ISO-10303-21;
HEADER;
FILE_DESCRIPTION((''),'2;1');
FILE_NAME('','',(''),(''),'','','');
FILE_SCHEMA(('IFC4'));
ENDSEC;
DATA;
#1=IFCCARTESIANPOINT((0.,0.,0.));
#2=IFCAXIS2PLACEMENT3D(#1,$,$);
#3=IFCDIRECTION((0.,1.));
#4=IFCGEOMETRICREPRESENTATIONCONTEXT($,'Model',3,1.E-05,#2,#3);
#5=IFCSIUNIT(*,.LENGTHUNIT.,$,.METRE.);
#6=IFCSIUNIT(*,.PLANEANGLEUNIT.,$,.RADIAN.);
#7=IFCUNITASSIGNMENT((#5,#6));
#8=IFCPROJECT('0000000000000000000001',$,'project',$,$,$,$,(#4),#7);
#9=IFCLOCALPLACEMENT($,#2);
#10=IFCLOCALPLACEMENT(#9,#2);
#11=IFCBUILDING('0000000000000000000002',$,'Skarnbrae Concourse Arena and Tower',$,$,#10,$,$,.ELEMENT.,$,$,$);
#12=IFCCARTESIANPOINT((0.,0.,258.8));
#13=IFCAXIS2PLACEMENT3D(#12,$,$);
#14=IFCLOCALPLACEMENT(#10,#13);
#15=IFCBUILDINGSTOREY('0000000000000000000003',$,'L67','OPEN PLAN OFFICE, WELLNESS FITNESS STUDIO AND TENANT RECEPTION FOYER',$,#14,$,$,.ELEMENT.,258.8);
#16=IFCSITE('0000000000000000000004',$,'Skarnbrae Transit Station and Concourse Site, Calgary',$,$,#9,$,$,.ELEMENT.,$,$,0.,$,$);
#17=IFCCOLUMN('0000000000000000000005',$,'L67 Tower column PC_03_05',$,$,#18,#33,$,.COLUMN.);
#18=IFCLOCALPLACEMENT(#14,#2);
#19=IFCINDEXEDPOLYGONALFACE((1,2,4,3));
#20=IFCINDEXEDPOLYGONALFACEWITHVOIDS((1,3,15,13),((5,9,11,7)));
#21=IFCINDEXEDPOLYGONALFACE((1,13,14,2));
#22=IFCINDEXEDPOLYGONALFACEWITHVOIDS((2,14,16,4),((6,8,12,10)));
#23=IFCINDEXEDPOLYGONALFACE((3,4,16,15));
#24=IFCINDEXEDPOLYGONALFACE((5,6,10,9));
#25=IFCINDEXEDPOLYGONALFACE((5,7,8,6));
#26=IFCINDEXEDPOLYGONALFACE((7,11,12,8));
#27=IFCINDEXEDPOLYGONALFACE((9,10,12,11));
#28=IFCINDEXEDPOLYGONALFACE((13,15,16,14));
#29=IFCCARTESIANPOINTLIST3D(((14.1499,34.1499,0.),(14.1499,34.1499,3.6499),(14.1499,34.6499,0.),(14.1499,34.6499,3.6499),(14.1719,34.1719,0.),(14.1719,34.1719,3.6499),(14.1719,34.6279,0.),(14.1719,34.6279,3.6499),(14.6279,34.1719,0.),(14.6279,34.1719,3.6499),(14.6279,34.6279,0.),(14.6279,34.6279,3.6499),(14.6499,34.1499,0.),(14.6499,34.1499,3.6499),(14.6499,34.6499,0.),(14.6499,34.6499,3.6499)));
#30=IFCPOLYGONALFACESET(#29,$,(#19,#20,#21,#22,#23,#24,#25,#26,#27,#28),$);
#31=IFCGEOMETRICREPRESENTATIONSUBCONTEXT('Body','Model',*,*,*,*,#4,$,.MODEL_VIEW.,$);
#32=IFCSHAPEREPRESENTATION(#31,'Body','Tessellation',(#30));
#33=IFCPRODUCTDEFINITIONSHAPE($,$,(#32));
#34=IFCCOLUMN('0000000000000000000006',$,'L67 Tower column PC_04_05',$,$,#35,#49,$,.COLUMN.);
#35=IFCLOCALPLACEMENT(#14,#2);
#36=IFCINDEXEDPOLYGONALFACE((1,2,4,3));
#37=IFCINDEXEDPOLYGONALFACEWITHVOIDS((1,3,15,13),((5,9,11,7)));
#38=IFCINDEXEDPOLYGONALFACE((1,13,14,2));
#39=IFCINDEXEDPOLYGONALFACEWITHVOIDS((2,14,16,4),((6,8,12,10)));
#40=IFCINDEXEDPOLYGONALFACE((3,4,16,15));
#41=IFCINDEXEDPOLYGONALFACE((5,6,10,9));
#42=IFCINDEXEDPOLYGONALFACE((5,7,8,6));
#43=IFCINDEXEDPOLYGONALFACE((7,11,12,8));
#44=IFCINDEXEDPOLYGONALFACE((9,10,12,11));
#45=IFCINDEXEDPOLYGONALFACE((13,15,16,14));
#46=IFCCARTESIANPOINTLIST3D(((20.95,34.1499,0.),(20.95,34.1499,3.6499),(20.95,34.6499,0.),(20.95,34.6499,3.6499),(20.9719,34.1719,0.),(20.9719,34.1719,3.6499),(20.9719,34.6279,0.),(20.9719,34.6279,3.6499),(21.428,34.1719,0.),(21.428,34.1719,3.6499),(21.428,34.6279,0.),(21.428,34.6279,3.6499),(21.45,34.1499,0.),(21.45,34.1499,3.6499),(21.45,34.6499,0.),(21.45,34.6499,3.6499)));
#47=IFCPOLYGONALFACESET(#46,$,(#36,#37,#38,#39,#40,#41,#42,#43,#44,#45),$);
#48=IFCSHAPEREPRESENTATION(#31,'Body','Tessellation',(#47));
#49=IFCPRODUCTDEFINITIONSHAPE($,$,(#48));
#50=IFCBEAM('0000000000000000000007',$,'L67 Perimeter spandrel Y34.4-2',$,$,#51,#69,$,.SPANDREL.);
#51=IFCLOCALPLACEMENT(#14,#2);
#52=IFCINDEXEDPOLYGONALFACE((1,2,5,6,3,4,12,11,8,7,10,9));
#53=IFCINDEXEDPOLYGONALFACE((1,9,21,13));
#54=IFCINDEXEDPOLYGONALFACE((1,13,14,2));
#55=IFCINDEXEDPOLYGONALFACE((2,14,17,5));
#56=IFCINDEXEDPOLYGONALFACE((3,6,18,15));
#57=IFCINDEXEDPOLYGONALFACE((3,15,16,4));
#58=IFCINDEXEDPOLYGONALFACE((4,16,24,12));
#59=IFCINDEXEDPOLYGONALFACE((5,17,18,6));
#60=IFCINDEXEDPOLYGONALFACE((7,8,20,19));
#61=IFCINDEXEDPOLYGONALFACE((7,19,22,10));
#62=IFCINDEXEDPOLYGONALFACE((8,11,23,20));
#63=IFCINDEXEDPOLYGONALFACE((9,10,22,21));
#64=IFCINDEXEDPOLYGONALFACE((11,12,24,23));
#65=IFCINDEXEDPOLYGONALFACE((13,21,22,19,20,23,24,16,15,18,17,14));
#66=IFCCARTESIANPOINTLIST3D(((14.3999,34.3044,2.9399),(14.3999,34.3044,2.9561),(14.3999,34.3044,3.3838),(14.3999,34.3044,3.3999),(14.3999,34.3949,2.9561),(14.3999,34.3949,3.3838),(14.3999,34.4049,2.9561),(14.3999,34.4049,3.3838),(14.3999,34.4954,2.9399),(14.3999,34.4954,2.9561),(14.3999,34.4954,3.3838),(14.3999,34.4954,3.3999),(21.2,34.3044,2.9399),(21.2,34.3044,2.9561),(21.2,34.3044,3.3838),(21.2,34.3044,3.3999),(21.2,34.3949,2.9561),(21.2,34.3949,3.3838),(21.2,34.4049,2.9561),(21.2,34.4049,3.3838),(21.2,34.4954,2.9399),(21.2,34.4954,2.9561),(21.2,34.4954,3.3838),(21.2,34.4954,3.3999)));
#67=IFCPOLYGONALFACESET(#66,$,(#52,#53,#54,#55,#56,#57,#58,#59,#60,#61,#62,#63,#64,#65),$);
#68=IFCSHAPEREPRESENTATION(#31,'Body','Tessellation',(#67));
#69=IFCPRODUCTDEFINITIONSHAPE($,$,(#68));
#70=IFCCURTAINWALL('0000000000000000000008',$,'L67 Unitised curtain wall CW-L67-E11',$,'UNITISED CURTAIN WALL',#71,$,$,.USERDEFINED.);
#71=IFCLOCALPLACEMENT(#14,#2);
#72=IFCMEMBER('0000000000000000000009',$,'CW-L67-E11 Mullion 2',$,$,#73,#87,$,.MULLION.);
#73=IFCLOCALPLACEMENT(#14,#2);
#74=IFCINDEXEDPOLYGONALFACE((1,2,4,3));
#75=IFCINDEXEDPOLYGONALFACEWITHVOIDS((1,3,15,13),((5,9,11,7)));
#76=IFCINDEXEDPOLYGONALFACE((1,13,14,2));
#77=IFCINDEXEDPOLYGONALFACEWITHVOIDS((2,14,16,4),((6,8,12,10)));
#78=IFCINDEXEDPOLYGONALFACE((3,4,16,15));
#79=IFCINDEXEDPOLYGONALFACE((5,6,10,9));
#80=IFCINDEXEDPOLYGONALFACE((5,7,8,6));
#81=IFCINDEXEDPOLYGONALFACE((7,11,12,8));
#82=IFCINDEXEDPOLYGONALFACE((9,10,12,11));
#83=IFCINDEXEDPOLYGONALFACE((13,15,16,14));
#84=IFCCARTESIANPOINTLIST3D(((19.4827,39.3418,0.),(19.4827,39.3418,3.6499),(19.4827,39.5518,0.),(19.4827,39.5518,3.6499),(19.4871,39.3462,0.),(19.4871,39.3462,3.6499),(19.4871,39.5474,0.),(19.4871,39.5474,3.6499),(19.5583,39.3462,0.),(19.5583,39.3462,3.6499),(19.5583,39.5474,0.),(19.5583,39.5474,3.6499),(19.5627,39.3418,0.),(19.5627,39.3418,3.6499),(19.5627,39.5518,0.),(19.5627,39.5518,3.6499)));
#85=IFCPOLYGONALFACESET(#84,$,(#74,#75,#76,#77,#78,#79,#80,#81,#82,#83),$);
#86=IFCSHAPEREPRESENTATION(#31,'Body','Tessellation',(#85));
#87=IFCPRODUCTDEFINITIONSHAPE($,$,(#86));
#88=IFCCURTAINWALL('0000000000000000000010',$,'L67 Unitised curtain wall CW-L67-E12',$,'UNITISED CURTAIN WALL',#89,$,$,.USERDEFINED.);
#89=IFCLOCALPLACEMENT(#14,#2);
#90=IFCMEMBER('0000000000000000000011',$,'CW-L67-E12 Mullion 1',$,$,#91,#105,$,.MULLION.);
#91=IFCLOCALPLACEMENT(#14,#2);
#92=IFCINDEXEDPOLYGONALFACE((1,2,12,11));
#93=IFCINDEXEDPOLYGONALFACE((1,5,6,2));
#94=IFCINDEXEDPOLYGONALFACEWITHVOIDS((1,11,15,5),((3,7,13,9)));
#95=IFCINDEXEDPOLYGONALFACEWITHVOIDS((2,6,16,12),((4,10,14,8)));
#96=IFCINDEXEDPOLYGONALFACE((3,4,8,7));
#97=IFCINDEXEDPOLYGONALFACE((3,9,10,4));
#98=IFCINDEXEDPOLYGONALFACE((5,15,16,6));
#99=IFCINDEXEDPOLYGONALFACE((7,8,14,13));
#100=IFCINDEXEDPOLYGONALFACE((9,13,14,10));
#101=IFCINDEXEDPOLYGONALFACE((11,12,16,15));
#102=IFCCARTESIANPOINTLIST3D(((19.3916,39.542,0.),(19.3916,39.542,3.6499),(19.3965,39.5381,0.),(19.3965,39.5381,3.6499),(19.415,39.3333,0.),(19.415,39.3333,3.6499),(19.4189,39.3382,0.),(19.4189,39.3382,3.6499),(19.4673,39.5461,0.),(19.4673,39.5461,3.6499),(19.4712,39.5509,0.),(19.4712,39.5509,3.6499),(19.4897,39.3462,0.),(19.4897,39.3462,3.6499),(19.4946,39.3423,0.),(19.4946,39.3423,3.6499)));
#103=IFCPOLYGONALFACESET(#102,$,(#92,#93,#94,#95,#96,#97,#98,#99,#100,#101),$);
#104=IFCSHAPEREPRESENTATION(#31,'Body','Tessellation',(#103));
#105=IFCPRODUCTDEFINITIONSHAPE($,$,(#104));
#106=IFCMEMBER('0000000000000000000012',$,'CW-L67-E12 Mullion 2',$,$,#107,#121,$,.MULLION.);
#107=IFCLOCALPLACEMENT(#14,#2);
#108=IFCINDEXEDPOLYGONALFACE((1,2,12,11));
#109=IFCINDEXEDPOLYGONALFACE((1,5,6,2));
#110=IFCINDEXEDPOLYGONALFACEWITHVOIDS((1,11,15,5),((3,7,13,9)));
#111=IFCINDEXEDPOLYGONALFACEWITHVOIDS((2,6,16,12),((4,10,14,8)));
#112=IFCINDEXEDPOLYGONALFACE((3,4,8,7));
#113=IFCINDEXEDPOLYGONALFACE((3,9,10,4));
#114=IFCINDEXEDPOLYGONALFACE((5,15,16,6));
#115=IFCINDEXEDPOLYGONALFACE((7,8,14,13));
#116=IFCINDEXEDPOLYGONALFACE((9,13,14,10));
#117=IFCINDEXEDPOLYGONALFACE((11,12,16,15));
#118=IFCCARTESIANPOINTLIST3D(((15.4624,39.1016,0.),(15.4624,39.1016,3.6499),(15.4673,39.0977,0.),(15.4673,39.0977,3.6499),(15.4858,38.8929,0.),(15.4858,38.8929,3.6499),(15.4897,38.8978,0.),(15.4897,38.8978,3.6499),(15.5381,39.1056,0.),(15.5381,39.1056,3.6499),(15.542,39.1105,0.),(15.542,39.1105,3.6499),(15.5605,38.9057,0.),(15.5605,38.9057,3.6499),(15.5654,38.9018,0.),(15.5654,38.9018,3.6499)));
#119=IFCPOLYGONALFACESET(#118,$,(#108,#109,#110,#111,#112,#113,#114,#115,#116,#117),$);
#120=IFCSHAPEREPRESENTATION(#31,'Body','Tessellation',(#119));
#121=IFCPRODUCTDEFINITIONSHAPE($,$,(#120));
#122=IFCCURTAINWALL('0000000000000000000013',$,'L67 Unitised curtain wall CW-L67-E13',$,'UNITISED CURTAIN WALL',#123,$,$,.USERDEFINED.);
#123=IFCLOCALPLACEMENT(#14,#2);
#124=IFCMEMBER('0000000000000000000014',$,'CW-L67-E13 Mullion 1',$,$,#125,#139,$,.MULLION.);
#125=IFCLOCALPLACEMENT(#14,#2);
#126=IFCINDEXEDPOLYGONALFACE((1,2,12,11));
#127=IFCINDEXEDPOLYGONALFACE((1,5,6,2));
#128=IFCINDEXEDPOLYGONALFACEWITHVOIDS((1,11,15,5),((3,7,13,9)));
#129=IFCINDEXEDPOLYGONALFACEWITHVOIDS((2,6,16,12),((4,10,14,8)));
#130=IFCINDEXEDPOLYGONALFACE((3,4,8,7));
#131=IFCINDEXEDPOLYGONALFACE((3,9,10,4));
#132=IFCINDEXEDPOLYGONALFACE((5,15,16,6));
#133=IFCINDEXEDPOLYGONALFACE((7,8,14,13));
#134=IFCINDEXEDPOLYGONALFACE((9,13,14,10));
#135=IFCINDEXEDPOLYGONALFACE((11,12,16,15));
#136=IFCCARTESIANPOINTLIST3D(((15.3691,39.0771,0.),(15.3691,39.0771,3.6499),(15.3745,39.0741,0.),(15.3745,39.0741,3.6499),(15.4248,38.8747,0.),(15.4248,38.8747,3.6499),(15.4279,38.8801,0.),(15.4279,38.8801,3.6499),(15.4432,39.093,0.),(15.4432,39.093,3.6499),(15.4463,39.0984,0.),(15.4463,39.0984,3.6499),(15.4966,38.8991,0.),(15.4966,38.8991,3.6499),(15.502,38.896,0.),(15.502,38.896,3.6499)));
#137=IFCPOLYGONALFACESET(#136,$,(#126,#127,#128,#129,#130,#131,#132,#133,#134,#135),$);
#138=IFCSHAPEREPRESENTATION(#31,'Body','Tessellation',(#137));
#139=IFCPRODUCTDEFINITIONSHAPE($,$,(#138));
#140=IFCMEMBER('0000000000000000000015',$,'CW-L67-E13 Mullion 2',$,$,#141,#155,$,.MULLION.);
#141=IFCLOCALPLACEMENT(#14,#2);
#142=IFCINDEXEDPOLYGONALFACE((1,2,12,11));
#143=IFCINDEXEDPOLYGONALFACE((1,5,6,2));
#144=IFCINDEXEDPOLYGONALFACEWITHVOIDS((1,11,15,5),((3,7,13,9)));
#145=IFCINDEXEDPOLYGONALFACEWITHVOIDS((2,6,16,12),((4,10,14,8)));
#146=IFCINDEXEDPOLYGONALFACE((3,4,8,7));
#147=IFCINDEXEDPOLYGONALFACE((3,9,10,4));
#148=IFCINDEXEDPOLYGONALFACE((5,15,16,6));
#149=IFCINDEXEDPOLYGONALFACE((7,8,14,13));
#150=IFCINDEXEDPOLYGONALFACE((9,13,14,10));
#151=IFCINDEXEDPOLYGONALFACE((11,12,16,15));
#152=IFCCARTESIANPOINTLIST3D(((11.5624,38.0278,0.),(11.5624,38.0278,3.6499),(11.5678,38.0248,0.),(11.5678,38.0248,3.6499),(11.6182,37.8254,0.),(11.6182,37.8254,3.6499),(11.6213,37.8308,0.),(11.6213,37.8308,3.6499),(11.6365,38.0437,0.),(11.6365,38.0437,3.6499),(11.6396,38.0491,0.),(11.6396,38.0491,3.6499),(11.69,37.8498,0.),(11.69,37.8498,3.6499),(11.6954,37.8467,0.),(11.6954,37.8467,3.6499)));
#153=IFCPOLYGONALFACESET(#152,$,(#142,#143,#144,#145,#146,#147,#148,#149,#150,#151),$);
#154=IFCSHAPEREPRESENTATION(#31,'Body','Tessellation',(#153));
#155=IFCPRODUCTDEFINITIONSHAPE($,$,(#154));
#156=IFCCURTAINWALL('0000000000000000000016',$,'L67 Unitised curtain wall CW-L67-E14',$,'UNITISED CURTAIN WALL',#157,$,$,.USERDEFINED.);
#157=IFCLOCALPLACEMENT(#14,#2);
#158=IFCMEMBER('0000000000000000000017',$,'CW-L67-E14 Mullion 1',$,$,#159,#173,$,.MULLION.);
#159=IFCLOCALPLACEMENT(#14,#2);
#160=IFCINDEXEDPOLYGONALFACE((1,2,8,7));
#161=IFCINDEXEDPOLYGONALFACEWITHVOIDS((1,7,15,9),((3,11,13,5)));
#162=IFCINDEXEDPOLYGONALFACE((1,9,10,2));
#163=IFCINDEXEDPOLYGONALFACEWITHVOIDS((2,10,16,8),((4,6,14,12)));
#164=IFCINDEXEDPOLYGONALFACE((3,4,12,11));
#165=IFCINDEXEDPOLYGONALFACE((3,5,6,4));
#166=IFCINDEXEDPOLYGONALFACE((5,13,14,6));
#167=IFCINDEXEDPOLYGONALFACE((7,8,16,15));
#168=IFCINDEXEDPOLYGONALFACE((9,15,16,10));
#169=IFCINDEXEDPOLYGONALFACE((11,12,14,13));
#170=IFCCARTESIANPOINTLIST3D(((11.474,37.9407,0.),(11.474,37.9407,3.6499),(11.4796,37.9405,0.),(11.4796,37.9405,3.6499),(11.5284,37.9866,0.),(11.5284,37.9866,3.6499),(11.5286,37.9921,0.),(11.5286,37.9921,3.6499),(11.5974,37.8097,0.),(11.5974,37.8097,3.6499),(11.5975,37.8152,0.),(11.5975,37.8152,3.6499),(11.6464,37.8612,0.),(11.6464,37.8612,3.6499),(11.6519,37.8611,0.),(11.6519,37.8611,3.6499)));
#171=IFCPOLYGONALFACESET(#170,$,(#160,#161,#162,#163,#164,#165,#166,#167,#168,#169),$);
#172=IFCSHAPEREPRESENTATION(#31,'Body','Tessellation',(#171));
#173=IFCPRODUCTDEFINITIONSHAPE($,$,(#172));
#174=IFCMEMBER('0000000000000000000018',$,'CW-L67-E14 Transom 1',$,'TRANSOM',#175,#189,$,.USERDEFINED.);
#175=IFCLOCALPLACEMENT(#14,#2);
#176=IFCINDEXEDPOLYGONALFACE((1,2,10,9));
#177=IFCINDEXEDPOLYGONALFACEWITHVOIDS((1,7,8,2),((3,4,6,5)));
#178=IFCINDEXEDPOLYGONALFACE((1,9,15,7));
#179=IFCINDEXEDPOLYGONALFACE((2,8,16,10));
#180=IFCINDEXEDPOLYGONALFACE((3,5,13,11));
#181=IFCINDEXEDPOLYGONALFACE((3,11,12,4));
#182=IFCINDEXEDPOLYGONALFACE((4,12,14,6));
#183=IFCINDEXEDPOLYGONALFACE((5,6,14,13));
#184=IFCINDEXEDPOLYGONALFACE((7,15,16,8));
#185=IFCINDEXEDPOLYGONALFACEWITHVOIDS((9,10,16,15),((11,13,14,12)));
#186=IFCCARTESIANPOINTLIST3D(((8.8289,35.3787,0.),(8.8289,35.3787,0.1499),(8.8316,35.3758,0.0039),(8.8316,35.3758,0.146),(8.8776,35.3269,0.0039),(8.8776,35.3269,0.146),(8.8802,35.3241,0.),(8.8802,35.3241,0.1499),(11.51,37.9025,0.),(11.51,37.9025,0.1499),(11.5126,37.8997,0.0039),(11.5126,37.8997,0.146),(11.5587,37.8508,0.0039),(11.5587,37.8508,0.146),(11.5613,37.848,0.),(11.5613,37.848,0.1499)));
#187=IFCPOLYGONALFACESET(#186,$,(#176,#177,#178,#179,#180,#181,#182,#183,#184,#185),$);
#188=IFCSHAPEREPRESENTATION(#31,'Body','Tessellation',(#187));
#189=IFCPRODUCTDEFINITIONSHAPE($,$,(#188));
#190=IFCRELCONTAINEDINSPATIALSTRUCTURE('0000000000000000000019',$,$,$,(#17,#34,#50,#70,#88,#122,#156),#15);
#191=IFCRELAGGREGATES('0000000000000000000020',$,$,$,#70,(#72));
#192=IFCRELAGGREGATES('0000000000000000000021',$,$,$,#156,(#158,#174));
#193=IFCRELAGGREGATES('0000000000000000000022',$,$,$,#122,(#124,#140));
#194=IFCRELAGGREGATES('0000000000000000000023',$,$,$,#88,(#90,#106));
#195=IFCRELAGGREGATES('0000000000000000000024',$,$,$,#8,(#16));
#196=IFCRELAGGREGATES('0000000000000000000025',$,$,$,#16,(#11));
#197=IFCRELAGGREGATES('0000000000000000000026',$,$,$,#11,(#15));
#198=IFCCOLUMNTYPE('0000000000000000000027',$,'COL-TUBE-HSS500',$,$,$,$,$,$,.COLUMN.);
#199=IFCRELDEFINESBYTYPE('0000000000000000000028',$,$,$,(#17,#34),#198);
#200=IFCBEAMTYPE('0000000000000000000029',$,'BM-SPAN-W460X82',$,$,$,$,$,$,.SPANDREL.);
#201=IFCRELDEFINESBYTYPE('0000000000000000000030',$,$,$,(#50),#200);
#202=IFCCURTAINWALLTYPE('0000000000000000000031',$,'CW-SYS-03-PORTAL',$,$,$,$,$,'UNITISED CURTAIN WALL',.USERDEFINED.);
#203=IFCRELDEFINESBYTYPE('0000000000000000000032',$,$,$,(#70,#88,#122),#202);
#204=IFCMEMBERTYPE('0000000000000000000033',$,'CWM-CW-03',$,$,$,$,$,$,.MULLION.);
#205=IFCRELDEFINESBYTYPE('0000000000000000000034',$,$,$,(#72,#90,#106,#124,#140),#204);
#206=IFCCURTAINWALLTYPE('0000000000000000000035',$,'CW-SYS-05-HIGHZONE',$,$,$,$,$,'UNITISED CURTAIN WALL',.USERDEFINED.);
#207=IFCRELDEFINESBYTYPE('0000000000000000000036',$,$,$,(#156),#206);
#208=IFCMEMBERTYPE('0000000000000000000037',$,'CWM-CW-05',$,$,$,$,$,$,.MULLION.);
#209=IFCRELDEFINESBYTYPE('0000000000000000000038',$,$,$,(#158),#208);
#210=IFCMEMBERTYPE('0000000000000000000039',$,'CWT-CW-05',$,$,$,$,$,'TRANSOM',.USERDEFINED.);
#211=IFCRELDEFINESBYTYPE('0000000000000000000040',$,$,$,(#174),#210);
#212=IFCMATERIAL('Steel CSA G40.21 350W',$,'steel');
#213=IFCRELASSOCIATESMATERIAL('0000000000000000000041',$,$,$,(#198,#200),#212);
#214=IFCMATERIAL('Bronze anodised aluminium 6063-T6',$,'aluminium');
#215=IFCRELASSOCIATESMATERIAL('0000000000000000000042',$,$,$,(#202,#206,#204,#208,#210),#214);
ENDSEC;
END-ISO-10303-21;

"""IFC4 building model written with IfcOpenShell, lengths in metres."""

from ifc_helpers import new_model, si_unit, direction, frame, origin, origin_2d, place, context, subcontext, project, spatial, hollow_rectangle, i_section, extrude, source, transform, mapped, material, material_profile, profile_set, type_object, element, aggregate, save


model = new_model("IFC4")

# Units and contexts
model_context = context("Model", 3, precision=1e-05, world=origin(), true_north=direction((0.0, 1.0)))
body_context = subcontext(model_context, "Body", "Model", "MODEL_VIEW")
ifc_project = project(units=[si_unit("LENGTHUNIT", "METRE"), si_unit("PLANEANGLEUNIT", "RADIAN")], contexts=[model_context])

# Site, building, storey
site_placement = place(None, origin())
site = spatial("IfcSite", under=ifc_project, at=site_placement, Name="Skarnbrae Transit Station and Concourse Site, Calgary", CompositionType="ELEMENT", RefElevation=0.0)
building_placement = place(site_placement, origin())
building = spatial("IfcBuilding", under=site, at=building_placement, Name="Skarnbrae Concourse Arena and Tower", CompositionType="ELEMENT")
storey_placement = place(building_placement, frame((0.0, 0.0, 258.8)))
storey = spatial("IfcBuildingStorey", under=building, at=storey_placement, Name="L67", Description="OPEN PLAN OFFICE, WELLNESS FITNESS STUDIO AND TENANT RECEPTION FOYER", CompositionType="ELEMENT", Elevation=258.8)

# Columns
ifc_material_1 = material(Name="Steel CSA G40.21 350W", Category="steel")
ifc_material_profile_1 = material_profile(ifc_material_1, hollow_rectangle(XDim=0.5, YDim=0.5, WallThickness=0.022, at=origin_2d()), Name="HSS500X500X22.0")
ifc_profile_set_1 = profile_set([ifc_material_profile_1], Name="Steel CSA G40.21 350W")
column_type = type_object("IfcColumnType", Name="COL-TUBE-HSS500", PredefinedType="COLUMN", material=ifc_profile_set_1)
shared_shape_1 = source(origin(), body_context, "Body", "SweptSolid", [
    extrude(hollow_rectangle(XDim=0.5, YDim=0.5, WallThickness=0.022, at=origin_2d()), origin(), (0.0, 0.0, 1.0), 3.6499),
])
for number, where, z_axis, x_axis, name in (
    (1, (14.3999, 34.3999, 0.0), (0.0, 0.0, 1.0), (1.0, 0.0, 0.0), "L67 Tower column PC_03_05"),
    (2, (21.2, 34.3999, 0.0), (0.0, 0.0, 1.0), (1.0, 0.0, 0.0), "L67 Tower column PC_04_05"),
):
    element("IfcColumn", number, at=place(storey_placement, frame(where, z_axis=z_axis, x_axis=x_axis)), inside=storey, type_object=column_type, Name=name, PredefinedType="COLUMN", context=body_context, shape_type="MappedRepresentation", body=[
        mapped(shared_shape_1, transform((0.0, 0.0, 0.0))),
    ])

# Beam
ifc_material_profile_2 = material_profile(ifc_material_1, i_section(OverallWidth=0.1909, OverallDepth=0.46, WebThickness=0.01, FlangeThickness=0.0161, at=origin_2d()), Name="W460X82")
ifc_profile_set_2 = profile_set([ifc_material_profile_2], Name="Steel CSA G40.21 350W")
beam_type = type_object("IfcBeamType", Name="BM-SPAN-W460X82", PredefinedType="SPANDREL", material=ifc_profile_set_2)
shared_shape_2 = source(origin(), body_context, "Body", "SweptSolid", [
    extrude(i_section(OverallWidth=0.1909, OverallDepth=0.46, WebThickness=0.01, FlangeThickness=0.0161, at=origin_2d()), origin(), (0.0, 0.0, 1.0), 6.8),
])
beam_placement = place(storey_placement, frame((14.3999, 34.3999, 3.1699), z_axis=(1.0, 0.0, 0.0), x_axis=(0.0, 1.0, 0.0)))
element("IfcBeam", 3, at=beam_placement, inside=storey, type_object=beam_type, Name="L67 Perimeter spandrel Y34.4-2", PredefinedType="SPANDREL", context=body_context, shape_type="MappedRepresentation", body=[
    mapped(shared_shape_2, transform((0.0, 0.0, 0.0))),
])

# Curtain wall, member
ifc_material_2 = material(Name="Bronze anodised aluminium 6063-T6", Category="aluminium")
curtain_wall_type_1 = type_object("IfcCurtainWallType", Name="CW-SYS-03-PORTAL", ElementType="UNITISED CURTAIN WALL", PredefinedType="USERDEFINED", material=ifc_material_2)
curtain_wall_1_placement = place(storey_placement, origin())
curtain_wall_1 = element("IfcCurtainWall", 4, at=curtain_wall_1_placement, inside=storey, type_object=curtain_wall_type_1, Name="L67 Unitised curtain wall CW-L67-E11", ObjectType="UNITISED CURTAIN WALL", PredefinedType="USERDEFINED")
ifc_material_profile_3 = material_profile(ifc_material_2, hollow_rectangle(XDim=0.0801, YDim=0.21, WallThickness=0.0044, at=origin_2d()), Name="ALU-MULL-80X210")
ifc_profile_set_3 = profile_set([ifc_material_profile_3], Name="Bronze anodised aluminium 6063-T6")
member_type_1 = type_object("IfcMemberType", Name="CWM-CW-03", PredefinedType="MULLION", material=ifc_profile_set_3)
shared_shape_3 = source(origin(), body_context, "Body", "SweptSolid", [
    extrude(hollow_rectangle(XDim=0.0801, YDim=0.21, WallThickness=0.0044, at=origin_2d()), origin(), (0.0, 0.0, 1.0), 3.6499),
])
member_1_placement = place(storey_placement, frame((19.5227, 39.4468, 0.0), z_axis=(0.0, 0.0, 1.0), x_axis=(-1.0, 0.0, 0.0)))
member_1 = element("IfcMember", 5, at=member_1_placement, type_object=member_type_1, Name="CW-L67-E11 Mullion 2", PredefinedType="MULLION", context=body_context, shape_type="MappedRepresentation", body=[
    mapped(shared_shape_3, transform((0.0, 0.0, 0.0))),
])
aggregate(curtain_wall_1, [member_1])

# Curtain walls, members
curtain_wall_2_placement = place(storey_placement, origin())
curtain_wall_2 = element("IfcCurtainWall", 6, at=curtain_wall_2_placement, inside=storey, type_object=curtain_wall_type_1, Name="L67 Unitised curtain wall CW-L67-E12", ObjectType="UNITISED CURTAIN WALL", PredefinedType="USERDEFINED")
member_2_placement = place(storey_placement, frame((19.4431, 39.4421, 0.0), z_axis=(0.0, 0.0, 1.0), x_axis=(-0.993769, -0.11146, 0.0)))
member_2 = element("IfcMember", 7, at=member_2_placement, type_object=member_type_1, Name="CW-L67-E12 Mullion 1", PredefinedType="MULLION", context=body_context, shape_type="MappedRepresentation", body=[
    mapped(shared_shape_3, transform((0.0, 0.0, 0.0))),
])
member_3_placement = place(storey_placement, frame((15.5139, 39.0017, 0.0), z_axis=(0.0, 0.0, 1.0), x_axis=(-0.993769, -0.11146, 0.0)))
member_3 = element("IfcMember", 8, at=member_3_placement, type_object=member_type_1, Name="CW-L67-E12 Mullion 2", PredefinedType="MULLION", context=body_context, shape_type="MappedRepresentation", body=[
    mapped(shared_shape_3, transform((0.0, 0.0, 0.0))),
])
curtain_wall_3_placement = place(storey_placement, origin())
curtain_wall_3 = element("IfcCurtainWall", 9, at=curtain_wall_3_placement, inside=storey, type_object=curtain_wall_type_1, Name="L67 Unitised curtain wall CW-L67-E13", ObjectType="UNITISED CURTAIN WALL", PredefinedType="USERDEFINED")
member_4_placement = place(storey_placement, frame((15.4355, 38.9866, 0.0), z_axis=(0.0, 0.0, 1.0), x_axis=(-0.964057, -0.265694, 0.0)))
member_4 = element("IfcMember", 10, at=member_4_placement, type_object=member_type_1, Name="CW-L67-E13 Mullion 1", PredefinedType="MULLION", context=body_context, shape_type="MappedRepresentation", body=[
    mapped(shared_shape_3, transform((0.0, 0.0, 0.0))),
])
member_5_placement = place(storey_placement, frame((11.6289, 37.9373, 0.0), z_axis=(0.0, 0.0, 1.0), x_axis=(-0.964057, -0.265694, 0.0)))
member_5 = element("IfcMember", 11, at=member_5_placement, type_object=member_type_1, Name="CW-L67-E13 Mullion 2", PredefinedType="MULLION", context=body_context, shape_type="MappedRepresentation", body=[
    mapped(shared_shape_3, transform((0.0, 0.0, 0.0))),
])
curtain_wall_type_2 = type_object("IfcCurtainWallType", Name="CW-SYS-05-HIGHZONE", ElementType="UNITISED CURTAIN WALL", PredefinedType="USERDEFINED", material=ifc_material_2)
curtain_wall_4_placement = place(storey_placement, origin())
curtain_wall_4 = element("IfcCurtainWall", 12, at=curtain_wall_4_placement, inside=storey, type_object=curtain_wall_type_2, Name="L67 Unitised curtain wall CW-L67-E14", ObjectType="UNITISED CURTAIN WALL", PredefinedType="USERDEFINED")
ifc_material_profile_4 = material_profile(ifc_material_2, hollow_rectangle(XDim=0.075, YDim=0.1799, WallThickness=0.0039, at=origin_2d()), Name="ALU-MULL-75X180")
ifc_profile_set_4 = profile_set([ifc_material_profile_4], Name="Bronze anodised aluminium 6063-T6")
member_type_2 = type_object("IfcMemberType", Name="CWM-CW-05", PredefinedType="MULLION", material=ifc_profile_set_4)
shared_shape_4 = source(origin(), body_context, "Body", "SweptSolid", [
    extrude(hollow_rectangle(XDim=0.075, YDim=0.1799, WallThickness=0.0039, at=origin_2d()), origin(), (0.0, 0.0, 1.0), 3.6499),
])
member_6_placement = place(storey_placement, frame((11.563, 37.9009, 0.0), z_axis=(0.0, 0.0, 1.0), x_axis=(-0.728131, -0.685438, 0.0)))
member_6 = element("IfcMember", 13, at=member_6_placement, type_object=member_type_2, Name="CW-L67-E14 Mullion 1", PredefinedType="MULLION", context=body_context, shape_type="MappedRepresentation", body=[
    mapped(shared_shape_4, transform((0.0, 0.0, 0.0))),
])
ifc_material_profile_5 = material_profile(ifc_material_2, hollow_rectangle(XDim=0.075, YDim=0.1499, WallThickness=0.0039, at=origin_2d()), Name="ALU-TRAN-75X150")
ifc_profile_set_5 = profile_set([ifc_material_profile_5], Name="Bronze anodised aluminium 6063-T6")
member_type_3 = type_object("IfcMemberType", Name="CWT-CW-05", ElementType="TRANSOM", PredefinedType="USERDEFINED", material=ifc_profile_set_5)
shared_shape_5 = source(origin(), body_context, "Body", "SweptSolid", [
    extrude(hollow_rectangle(XDim=0.075, YDim=0.1499, WallThickness=0.0039, at=origin_2d()), origin(), (0.0, 0.0, 1.0), 3.6821),
])
member_7_placement = place(storey_placement, frame((11.5356, 37.8752, 0.075), z_axis=(-0.728134, -0.685435, 0.0), x_axis=(0.685435, -0.728134, 0.0)))
member_7 = element("IfcMember", 14, at=member_7_placement, type_object=member_type_3, Name="CW-L67-E14 Transom 1", ObjectType="TRANSOM", PredefinedType="USERDEFINED", context=body_context, shape_type="MappedRepresentation", body=[
    mapped(shared_shape_5, transform((0.0, 0.0, 0.0))),
])
aggregate(curtain_wall_4, [member_6, member_7])

aggregate(curtain_wall_3, [member_4, member_5])
aggregate(curtain_wall_2, [member_2, member_3])

save(model, "model.ifc")
